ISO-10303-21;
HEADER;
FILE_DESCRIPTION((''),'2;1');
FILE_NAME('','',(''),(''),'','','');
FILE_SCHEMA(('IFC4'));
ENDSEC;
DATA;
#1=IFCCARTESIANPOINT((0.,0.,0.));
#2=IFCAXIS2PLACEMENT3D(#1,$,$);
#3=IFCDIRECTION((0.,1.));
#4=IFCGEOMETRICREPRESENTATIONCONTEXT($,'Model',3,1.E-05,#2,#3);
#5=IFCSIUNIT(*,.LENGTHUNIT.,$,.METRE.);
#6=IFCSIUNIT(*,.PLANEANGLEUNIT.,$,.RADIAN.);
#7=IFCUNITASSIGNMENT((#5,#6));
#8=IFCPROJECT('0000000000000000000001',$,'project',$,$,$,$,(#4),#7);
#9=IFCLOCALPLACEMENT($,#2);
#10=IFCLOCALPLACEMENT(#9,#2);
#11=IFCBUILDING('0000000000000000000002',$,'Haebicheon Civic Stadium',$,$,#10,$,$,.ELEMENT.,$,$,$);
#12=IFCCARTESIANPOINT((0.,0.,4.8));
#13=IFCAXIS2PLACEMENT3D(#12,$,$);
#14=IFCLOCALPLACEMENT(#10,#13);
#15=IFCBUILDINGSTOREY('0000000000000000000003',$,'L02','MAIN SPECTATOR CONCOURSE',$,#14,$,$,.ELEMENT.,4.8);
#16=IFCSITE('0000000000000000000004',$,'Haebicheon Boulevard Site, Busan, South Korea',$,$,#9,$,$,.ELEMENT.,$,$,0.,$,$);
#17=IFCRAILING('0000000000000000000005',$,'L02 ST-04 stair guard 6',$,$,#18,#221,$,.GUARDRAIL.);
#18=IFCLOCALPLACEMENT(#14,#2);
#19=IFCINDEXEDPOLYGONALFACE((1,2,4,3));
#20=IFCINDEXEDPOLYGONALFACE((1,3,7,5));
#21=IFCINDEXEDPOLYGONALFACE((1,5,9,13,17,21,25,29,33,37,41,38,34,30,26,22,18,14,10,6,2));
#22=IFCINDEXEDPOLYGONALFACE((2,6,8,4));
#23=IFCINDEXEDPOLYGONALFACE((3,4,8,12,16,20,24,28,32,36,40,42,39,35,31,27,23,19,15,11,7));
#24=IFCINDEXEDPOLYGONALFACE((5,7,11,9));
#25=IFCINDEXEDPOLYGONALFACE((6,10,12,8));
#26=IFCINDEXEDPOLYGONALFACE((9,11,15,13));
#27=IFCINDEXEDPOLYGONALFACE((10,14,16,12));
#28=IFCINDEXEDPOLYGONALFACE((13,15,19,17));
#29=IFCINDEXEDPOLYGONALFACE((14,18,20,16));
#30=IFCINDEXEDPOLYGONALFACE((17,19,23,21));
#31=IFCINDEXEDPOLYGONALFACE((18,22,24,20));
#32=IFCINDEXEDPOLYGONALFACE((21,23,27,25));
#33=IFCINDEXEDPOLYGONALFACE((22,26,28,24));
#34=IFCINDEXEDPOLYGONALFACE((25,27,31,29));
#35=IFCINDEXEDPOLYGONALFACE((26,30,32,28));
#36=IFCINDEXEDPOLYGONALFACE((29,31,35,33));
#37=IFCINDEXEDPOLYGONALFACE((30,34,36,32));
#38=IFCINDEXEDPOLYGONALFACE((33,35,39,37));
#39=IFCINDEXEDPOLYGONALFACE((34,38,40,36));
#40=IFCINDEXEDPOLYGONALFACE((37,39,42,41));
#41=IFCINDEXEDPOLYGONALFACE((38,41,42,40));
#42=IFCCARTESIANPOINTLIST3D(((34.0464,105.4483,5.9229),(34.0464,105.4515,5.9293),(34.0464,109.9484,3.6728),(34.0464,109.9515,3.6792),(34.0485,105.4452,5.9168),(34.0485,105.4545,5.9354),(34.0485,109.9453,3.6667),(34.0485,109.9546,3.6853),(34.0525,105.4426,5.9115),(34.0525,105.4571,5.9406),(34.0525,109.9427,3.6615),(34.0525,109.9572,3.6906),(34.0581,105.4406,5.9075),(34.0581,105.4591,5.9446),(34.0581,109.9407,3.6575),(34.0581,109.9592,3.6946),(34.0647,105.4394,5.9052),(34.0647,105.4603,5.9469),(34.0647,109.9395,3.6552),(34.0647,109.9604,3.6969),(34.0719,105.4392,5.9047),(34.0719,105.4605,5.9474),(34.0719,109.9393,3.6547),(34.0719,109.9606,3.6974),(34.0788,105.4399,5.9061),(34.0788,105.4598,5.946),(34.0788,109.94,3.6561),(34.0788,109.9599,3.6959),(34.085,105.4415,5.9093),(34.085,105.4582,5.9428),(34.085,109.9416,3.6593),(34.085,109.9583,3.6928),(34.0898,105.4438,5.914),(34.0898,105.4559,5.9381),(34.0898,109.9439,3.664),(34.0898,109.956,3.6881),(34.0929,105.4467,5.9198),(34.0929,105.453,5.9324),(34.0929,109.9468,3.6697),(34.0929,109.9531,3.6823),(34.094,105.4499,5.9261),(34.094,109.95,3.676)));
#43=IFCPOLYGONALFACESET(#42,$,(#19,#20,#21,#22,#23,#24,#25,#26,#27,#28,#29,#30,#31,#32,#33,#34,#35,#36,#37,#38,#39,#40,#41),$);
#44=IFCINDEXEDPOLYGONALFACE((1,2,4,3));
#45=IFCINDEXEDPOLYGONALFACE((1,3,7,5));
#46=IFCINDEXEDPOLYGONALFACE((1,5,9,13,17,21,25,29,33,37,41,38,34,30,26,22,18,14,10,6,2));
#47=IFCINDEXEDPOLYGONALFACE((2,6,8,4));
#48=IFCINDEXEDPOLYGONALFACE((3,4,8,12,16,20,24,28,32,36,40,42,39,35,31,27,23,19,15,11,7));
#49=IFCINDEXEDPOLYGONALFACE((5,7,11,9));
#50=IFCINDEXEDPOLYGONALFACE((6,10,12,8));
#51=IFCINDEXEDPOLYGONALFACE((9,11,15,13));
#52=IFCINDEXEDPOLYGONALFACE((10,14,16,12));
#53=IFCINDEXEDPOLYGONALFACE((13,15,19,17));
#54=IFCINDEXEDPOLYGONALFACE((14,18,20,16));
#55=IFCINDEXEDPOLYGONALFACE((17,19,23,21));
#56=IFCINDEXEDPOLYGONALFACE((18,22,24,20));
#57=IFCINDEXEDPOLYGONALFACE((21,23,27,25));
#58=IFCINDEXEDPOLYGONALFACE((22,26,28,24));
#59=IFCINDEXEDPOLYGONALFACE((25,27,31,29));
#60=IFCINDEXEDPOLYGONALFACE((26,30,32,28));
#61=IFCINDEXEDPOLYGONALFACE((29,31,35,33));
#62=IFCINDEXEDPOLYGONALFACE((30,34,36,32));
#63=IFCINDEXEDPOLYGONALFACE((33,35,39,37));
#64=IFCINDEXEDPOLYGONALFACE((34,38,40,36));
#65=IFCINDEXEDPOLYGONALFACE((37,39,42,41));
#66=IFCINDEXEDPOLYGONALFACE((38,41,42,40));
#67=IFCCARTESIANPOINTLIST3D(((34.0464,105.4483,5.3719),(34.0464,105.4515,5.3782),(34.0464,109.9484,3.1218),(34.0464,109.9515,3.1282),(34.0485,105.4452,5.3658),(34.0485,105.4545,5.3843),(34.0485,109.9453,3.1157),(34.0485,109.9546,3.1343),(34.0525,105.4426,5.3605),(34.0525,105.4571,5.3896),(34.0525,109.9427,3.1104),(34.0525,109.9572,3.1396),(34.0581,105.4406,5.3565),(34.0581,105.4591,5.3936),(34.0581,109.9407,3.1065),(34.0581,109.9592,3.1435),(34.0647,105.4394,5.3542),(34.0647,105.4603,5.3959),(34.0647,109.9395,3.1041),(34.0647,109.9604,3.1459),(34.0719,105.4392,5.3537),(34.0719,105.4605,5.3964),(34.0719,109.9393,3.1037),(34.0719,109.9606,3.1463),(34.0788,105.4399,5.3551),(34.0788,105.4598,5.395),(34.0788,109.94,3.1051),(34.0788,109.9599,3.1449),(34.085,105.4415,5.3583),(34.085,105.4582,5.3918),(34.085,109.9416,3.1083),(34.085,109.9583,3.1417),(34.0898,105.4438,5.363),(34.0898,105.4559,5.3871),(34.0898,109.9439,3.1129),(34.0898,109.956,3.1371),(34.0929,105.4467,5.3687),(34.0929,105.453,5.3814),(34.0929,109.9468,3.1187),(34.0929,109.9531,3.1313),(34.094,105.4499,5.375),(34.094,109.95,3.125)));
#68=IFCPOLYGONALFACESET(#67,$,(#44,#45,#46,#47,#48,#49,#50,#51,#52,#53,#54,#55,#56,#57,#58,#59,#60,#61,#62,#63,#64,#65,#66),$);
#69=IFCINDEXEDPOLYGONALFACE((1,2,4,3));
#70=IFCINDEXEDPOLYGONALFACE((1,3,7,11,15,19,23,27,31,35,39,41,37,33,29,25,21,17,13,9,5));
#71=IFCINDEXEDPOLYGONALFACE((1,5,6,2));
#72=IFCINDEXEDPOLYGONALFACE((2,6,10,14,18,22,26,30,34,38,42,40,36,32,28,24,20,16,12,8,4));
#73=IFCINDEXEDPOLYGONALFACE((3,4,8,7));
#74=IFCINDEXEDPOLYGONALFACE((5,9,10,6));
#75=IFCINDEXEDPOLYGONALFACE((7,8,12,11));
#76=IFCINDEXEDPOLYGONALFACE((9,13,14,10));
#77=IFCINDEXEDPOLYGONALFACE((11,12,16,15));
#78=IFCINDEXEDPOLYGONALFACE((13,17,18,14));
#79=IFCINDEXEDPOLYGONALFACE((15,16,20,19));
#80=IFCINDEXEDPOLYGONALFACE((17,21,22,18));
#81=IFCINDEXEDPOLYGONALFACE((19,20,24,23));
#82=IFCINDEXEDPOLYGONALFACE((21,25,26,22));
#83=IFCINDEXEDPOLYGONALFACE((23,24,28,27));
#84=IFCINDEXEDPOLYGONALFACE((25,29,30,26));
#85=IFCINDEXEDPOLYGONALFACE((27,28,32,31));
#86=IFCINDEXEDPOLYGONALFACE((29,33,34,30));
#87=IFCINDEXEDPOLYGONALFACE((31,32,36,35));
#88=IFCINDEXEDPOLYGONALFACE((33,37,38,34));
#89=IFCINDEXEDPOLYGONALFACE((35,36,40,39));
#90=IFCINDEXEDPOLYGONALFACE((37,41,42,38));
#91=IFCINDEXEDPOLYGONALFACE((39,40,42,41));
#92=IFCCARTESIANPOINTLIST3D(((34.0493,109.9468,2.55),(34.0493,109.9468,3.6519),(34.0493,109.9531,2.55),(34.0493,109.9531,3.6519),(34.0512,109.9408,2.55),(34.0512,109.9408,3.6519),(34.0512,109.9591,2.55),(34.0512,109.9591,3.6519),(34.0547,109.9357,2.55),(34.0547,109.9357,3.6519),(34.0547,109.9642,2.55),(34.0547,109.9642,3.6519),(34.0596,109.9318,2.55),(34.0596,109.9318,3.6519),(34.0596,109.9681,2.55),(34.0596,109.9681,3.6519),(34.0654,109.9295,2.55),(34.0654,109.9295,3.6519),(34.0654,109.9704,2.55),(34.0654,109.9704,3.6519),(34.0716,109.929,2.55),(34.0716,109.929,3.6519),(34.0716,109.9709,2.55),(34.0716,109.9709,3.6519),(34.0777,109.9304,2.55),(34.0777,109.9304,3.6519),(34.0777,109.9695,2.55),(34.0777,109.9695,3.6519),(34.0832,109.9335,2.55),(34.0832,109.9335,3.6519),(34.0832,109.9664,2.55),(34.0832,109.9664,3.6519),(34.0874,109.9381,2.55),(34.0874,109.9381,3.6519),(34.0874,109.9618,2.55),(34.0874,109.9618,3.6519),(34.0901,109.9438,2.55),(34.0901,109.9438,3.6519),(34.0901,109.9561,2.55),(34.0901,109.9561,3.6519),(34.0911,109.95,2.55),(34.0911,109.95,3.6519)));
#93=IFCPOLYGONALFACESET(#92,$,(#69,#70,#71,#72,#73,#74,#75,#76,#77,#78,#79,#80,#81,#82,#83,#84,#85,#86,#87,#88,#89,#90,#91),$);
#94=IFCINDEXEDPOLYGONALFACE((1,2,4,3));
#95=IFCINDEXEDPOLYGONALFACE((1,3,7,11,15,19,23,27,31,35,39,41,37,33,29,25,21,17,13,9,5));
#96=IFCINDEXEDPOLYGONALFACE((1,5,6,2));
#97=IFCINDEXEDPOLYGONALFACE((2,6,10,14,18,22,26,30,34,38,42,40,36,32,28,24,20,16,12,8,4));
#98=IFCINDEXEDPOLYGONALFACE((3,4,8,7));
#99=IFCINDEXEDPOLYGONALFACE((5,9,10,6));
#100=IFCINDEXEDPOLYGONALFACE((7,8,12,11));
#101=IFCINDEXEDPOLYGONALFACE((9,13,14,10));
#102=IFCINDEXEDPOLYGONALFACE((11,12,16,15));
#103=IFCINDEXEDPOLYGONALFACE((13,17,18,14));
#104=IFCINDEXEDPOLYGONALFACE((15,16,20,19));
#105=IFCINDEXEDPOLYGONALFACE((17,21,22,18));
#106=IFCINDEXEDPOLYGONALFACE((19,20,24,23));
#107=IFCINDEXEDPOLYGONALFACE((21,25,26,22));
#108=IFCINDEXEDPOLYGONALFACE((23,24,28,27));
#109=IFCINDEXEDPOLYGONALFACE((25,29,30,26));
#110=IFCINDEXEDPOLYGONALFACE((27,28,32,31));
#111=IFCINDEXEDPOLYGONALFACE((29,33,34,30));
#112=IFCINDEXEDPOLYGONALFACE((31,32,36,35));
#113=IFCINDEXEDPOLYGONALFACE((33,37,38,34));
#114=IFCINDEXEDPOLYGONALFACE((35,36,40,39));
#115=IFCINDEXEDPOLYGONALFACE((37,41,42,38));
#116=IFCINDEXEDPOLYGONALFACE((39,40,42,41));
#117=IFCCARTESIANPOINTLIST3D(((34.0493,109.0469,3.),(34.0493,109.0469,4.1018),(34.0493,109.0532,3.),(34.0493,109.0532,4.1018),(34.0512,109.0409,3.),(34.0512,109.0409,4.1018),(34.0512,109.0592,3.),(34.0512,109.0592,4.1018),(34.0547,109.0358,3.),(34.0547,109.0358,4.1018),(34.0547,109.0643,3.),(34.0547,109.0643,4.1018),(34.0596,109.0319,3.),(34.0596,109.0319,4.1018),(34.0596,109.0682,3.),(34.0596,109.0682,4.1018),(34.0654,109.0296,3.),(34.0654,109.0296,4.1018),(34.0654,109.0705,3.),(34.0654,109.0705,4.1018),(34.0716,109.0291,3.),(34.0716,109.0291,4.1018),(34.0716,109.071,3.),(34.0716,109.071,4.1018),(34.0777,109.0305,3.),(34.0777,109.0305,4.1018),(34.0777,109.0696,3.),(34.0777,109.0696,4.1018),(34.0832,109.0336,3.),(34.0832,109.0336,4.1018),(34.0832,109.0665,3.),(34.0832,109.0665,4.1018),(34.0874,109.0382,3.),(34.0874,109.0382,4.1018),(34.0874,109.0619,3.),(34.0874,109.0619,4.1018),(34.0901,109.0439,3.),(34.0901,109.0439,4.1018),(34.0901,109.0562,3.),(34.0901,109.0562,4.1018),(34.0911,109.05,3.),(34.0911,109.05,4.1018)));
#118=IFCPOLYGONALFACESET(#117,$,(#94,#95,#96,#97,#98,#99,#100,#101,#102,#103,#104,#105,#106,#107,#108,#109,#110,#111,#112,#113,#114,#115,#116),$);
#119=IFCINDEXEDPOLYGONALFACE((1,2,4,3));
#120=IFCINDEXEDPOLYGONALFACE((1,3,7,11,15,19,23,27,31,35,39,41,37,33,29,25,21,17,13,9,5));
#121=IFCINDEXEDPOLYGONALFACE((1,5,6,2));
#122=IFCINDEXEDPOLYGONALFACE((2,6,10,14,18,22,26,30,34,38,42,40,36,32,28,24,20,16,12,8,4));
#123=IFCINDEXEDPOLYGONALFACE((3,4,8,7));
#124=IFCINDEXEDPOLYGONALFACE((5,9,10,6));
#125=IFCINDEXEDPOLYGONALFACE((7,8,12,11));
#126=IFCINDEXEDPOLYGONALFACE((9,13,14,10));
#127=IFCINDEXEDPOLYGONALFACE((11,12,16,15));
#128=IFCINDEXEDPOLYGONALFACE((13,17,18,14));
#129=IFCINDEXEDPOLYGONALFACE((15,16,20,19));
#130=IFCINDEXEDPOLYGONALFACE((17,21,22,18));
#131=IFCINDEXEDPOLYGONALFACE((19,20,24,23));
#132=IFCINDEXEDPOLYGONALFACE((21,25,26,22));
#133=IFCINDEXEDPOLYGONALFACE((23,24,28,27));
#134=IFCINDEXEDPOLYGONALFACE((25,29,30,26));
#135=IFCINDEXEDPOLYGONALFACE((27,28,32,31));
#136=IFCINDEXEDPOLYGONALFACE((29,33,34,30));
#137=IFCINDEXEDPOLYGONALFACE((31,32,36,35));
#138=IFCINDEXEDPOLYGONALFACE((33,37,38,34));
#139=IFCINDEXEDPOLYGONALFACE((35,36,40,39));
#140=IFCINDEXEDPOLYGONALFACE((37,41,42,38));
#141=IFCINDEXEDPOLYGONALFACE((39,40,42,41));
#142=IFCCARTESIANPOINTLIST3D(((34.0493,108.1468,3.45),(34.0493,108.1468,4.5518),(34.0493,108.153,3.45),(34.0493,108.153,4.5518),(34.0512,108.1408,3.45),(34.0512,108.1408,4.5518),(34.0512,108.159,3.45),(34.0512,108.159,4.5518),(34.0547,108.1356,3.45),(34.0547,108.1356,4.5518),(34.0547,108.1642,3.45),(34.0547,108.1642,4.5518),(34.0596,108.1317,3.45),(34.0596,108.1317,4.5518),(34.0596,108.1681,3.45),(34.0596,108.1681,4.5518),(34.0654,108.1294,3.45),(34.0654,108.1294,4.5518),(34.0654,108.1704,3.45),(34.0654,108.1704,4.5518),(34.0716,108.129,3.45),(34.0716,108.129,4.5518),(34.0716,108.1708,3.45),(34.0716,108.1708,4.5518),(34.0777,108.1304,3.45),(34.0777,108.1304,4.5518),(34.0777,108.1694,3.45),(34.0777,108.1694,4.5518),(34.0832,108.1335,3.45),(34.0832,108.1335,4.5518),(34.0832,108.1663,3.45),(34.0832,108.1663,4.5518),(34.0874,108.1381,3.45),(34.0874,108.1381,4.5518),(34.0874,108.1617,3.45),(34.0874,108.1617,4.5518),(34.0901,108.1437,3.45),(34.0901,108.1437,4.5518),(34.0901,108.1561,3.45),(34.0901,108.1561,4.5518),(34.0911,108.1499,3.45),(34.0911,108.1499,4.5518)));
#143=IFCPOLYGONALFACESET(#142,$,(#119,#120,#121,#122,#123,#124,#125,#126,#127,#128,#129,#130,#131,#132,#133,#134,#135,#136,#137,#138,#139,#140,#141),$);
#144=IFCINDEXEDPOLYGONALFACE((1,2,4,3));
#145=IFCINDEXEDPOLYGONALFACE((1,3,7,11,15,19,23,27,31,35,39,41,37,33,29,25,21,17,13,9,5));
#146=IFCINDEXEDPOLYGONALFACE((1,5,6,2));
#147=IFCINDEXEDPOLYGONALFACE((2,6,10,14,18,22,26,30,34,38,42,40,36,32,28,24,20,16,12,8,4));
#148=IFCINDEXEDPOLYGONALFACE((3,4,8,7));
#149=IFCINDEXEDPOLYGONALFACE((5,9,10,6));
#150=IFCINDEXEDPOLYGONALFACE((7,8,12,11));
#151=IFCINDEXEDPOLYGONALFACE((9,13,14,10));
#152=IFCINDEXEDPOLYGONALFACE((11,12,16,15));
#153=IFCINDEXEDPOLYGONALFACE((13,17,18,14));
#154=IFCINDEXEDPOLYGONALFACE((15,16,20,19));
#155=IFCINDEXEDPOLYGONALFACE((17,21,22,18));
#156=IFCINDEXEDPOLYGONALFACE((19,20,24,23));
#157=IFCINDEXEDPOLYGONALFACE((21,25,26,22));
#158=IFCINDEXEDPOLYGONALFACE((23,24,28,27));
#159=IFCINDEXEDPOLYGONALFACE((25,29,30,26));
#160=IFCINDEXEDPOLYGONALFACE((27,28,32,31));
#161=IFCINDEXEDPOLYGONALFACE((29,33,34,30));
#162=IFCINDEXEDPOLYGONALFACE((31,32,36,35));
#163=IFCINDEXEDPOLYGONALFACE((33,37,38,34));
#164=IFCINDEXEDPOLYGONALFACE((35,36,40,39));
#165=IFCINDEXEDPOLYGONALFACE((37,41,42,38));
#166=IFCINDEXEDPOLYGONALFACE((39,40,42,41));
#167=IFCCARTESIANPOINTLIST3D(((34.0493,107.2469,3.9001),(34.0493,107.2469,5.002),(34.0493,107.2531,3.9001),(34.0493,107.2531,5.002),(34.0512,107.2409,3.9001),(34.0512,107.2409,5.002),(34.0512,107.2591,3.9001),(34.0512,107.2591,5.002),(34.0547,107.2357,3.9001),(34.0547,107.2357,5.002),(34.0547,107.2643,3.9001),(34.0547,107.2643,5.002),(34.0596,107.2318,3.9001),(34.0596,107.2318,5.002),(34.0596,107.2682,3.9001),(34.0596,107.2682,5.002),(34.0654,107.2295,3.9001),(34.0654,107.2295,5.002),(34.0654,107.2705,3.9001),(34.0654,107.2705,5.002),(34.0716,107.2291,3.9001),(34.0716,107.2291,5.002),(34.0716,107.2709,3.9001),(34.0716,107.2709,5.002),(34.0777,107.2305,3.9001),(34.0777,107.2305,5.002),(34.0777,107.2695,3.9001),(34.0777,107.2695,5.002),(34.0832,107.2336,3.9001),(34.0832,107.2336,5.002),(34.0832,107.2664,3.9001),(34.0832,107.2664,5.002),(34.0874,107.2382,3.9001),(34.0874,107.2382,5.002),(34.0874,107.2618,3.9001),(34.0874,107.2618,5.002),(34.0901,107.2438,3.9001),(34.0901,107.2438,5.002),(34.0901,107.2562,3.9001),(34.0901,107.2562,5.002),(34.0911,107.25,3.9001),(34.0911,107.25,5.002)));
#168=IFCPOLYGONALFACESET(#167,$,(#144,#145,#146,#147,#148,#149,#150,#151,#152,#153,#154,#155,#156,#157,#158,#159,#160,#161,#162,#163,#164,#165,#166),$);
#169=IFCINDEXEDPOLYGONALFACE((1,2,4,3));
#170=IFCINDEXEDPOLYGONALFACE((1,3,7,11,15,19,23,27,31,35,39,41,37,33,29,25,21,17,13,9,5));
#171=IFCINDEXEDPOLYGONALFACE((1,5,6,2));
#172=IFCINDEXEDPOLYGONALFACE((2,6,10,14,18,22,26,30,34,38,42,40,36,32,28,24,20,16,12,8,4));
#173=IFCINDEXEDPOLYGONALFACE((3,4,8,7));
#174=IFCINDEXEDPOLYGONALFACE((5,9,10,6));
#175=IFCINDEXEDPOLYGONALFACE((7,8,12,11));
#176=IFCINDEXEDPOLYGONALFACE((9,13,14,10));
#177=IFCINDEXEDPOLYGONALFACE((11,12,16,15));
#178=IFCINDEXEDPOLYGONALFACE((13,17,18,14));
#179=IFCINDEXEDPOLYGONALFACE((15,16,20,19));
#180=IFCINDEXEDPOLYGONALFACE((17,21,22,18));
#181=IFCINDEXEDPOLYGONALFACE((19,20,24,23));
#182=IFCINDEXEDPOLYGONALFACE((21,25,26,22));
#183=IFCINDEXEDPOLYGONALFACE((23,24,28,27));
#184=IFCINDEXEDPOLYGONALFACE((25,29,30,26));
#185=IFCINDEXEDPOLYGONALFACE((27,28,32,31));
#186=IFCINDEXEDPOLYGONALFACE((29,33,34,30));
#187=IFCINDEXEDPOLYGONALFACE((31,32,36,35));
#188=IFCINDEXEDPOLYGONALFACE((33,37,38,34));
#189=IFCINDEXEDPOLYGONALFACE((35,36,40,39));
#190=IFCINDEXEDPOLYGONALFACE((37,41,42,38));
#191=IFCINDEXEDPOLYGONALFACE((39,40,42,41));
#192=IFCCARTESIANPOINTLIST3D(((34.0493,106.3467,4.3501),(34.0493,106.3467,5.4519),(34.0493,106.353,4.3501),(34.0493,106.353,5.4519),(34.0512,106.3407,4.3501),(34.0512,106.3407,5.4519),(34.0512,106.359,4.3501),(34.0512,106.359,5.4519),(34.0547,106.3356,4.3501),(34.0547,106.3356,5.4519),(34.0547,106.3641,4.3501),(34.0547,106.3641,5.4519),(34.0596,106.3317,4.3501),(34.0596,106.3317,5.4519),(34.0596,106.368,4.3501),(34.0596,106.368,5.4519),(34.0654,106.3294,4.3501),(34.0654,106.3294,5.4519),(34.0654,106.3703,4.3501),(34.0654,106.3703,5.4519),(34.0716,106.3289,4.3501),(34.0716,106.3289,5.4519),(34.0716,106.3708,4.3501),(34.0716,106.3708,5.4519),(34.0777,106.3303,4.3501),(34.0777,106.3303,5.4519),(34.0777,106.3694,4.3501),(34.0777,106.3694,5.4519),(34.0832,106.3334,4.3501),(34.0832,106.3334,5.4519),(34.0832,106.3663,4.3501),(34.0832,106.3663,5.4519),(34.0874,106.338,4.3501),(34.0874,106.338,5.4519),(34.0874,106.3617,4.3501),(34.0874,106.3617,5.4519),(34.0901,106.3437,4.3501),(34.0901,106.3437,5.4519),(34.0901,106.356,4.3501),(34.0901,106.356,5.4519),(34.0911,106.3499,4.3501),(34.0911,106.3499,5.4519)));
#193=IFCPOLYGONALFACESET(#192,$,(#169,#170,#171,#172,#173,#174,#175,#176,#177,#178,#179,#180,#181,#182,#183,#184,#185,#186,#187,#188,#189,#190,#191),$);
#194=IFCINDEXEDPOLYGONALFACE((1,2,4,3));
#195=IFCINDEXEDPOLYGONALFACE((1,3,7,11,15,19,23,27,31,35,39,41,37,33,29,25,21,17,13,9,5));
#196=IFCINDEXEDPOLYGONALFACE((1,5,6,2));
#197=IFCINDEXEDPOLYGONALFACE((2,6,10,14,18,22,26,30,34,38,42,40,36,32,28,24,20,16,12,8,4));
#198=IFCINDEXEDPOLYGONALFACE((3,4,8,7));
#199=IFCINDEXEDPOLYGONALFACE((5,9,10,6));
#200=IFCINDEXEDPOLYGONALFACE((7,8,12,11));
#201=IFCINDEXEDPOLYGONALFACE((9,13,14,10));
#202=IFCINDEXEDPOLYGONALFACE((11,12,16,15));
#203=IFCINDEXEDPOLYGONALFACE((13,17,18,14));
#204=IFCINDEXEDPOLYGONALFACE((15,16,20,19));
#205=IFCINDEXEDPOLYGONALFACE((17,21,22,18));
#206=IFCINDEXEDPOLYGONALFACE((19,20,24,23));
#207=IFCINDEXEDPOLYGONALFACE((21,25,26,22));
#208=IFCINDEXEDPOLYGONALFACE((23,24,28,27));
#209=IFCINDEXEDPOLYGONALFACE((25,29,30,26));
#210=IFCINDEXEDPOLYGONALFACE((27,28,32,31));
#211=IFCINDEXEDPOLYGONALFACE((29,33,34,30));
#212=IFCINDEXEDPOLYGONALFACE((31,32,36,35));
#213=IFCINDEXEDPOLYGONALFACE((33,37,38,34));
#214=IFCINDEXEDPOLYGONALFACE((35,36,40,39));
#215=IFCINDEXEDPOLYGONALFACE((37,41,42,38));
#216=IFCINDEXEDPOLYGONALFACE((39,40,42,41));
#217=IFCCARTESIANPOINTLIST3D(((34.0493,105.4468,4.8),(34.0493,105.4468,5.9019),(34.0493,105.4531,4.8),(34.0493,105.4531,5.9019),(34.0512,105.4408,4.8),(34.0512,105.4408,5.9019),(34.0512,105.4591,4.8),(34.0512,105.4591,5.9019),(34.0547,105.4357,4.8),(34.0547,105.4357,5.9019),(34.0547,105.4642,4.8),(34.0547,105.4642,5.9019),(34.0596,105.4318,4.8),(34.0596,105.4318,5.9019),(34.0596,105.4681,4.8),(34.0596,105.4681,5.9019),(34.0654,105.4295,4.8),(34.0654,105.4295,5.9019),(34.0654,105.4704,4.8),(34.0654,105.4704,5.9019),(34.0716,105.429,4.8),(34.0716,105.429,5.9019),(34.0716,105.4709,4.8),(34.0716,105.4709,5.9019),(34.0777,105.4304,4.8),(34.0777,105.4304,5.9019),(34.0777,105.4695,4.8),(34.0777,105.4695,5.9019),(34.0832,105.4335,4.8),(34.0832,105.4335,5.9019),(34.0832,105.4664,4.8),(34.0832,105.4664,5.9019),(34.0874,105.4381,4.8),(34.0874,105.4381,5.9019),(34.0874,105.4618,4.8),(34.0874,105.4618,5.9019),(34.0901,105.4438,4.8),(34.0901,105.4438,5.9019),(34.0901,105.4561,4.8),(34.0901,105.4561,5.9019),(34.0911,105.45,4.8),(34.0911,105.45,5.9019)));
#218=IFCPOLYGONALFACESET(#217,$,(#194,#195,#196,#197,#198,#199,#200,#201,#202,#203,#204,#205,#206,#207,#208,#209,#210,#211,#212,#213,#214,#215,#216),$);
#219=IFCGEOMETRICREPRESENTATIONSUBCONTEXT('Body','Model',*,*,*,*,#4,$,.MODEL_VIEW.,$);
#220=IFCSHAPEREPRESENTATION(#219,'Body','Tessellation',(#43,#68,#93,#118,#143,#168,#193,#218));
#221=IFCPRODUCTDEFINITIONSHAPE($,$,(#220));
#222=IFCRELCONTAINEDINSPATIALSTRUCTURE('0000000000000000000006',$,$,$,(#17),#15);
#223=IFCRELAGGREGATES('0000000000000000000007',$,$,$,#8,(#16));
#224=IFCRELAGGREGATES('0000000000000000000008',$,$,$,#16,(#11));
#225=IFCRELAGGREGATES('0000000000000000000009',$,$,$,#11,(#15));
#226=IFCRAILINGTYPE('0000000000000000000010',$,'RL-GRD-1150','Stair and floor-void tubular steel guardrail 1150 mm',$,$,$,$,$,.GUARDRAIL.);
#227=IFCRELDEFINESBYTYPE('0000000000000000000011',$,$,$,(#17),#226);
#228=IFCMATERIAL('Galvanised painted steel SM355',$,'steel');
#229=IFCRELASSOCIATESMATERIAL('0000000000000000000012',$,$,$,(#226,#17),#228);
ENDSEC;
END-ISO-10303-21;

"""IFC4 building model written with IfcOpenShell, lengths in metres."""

from ifc_helpers import new_model, si_unit, direction, frame, origin, origin_2d, place, context, subcontext, project, spatial, circle, extrude, material, type_object, element, save


model = new_model("IFC4")

# Units and contexts
model_context = context("Model", 3, precision=1e-05, world=origin(), true_north=direction((0.0, 1.0)))
body_context = subcontext(model_context, "Body", "Model", "MODEL_VIEW")
ifc_project = project(units=[si_unit("LENGTHUNIT", "METRE"), si_unit("PLANEANGLEUNIT", "RADIAN")], contexts=[model_context])

# Site, building, storey
site_placement = place(None, origin())
site = spatial("IfcSite", under=ifc_project, at=site_placement, Name="Haebicheon Boulevard Site, Busan, South Korea", CompositionType="ELEMENT", RefElevation=0.0)
building_placement = place(site_placement, origin())
building = spatial("IfcBuilding", under=site, at=building_placement, Name="Haebicheon Civic Stadium", CompositionType="ELEMENT")
storey_placement = place(building_placement, frame((0.0, 0.0, 4.8)))
storey = spatial("IfcBuildingStorey", under=building, at=storey_placement, Name="L02", Description="MAIN SPECTATOR CONCOURSE", CompositionType="ELEMENT", Elevation=4.8)

# Railing
ifc_material_1 = material(Name="Galvanised painted steel SM355", Category="steel")
railing_type_1 = type_object("IfcRailingType", Name="RL-GRD-1150", Description="Stair and floor-void tubular steel guardrail 1150 mm", PredefinedType="GUARDRAIL", material=ifc_material_1)
railing_1_placement = place(storey_placement, frame((34.0701, 109.95, 2.55)))
element("IfcRailing", 1, at=railing_1_placement, inside=storey, type_object=railing_type_1, material=ifc_material_1, Name="L02 ST-04 stair guard 6", PredefinedType="GUARDRAIL", context=body_context, shape_type="SweptSolid", body=[
    extrude(circle(Radius=0.0239, at=origin_2d()), frame((0.0, 0.0, 1.126), z_axis=(0.0, -0.894427, 0.447214), x_axis=(1.0, 0.0, 0.0)), (0.0, 0.0, 1.0), 5.0312),
    extrude(circle(Radius=0.0239, at=origin_2d()), frame((0.0, 0.0, 0.575), z_axis=(0.0, -0.894427, 0.447214), x_axis=(1.0, 0.0, 0.0)), (0.0, 0.0, 1.0), 5.0312),
    extrude(circle(Radius=0.021, at=origin_2d()), origin(), (0.0, 0.0, 1.0), 1.1018),
    extrude(circle(Radius=0.021, at=origin_2d()), frame((0.0, -0.8999, 0.45)), (0.0, 0.0, 1.0), 1.1018),
    extrude(circle(Radius=0.021, at=origin_2d()), frame((0.0, -1.8, 0.8999)), (0.0, 0.0, 1.0), 1.1018),
    extrude(circle(Radius=0.021, at=origin_2d()), frame((0.0, -2.7, 1.3501)), (0.0, 0.0, 1.0), 1.1018),
    extrude(circle(Radius=0.021, at=origin_2d()), frame((0.0, -3.6001, 1.8)), (0.0, 0.0, 1.0), 1.1018),
    extrude(circle(Radius=0.021, at=origin_2d()), frame((0.0, -4.5, 2.25)), (0.0, 0.0, 1.0), 1.1018),
])

save(model, "model.ifc")
